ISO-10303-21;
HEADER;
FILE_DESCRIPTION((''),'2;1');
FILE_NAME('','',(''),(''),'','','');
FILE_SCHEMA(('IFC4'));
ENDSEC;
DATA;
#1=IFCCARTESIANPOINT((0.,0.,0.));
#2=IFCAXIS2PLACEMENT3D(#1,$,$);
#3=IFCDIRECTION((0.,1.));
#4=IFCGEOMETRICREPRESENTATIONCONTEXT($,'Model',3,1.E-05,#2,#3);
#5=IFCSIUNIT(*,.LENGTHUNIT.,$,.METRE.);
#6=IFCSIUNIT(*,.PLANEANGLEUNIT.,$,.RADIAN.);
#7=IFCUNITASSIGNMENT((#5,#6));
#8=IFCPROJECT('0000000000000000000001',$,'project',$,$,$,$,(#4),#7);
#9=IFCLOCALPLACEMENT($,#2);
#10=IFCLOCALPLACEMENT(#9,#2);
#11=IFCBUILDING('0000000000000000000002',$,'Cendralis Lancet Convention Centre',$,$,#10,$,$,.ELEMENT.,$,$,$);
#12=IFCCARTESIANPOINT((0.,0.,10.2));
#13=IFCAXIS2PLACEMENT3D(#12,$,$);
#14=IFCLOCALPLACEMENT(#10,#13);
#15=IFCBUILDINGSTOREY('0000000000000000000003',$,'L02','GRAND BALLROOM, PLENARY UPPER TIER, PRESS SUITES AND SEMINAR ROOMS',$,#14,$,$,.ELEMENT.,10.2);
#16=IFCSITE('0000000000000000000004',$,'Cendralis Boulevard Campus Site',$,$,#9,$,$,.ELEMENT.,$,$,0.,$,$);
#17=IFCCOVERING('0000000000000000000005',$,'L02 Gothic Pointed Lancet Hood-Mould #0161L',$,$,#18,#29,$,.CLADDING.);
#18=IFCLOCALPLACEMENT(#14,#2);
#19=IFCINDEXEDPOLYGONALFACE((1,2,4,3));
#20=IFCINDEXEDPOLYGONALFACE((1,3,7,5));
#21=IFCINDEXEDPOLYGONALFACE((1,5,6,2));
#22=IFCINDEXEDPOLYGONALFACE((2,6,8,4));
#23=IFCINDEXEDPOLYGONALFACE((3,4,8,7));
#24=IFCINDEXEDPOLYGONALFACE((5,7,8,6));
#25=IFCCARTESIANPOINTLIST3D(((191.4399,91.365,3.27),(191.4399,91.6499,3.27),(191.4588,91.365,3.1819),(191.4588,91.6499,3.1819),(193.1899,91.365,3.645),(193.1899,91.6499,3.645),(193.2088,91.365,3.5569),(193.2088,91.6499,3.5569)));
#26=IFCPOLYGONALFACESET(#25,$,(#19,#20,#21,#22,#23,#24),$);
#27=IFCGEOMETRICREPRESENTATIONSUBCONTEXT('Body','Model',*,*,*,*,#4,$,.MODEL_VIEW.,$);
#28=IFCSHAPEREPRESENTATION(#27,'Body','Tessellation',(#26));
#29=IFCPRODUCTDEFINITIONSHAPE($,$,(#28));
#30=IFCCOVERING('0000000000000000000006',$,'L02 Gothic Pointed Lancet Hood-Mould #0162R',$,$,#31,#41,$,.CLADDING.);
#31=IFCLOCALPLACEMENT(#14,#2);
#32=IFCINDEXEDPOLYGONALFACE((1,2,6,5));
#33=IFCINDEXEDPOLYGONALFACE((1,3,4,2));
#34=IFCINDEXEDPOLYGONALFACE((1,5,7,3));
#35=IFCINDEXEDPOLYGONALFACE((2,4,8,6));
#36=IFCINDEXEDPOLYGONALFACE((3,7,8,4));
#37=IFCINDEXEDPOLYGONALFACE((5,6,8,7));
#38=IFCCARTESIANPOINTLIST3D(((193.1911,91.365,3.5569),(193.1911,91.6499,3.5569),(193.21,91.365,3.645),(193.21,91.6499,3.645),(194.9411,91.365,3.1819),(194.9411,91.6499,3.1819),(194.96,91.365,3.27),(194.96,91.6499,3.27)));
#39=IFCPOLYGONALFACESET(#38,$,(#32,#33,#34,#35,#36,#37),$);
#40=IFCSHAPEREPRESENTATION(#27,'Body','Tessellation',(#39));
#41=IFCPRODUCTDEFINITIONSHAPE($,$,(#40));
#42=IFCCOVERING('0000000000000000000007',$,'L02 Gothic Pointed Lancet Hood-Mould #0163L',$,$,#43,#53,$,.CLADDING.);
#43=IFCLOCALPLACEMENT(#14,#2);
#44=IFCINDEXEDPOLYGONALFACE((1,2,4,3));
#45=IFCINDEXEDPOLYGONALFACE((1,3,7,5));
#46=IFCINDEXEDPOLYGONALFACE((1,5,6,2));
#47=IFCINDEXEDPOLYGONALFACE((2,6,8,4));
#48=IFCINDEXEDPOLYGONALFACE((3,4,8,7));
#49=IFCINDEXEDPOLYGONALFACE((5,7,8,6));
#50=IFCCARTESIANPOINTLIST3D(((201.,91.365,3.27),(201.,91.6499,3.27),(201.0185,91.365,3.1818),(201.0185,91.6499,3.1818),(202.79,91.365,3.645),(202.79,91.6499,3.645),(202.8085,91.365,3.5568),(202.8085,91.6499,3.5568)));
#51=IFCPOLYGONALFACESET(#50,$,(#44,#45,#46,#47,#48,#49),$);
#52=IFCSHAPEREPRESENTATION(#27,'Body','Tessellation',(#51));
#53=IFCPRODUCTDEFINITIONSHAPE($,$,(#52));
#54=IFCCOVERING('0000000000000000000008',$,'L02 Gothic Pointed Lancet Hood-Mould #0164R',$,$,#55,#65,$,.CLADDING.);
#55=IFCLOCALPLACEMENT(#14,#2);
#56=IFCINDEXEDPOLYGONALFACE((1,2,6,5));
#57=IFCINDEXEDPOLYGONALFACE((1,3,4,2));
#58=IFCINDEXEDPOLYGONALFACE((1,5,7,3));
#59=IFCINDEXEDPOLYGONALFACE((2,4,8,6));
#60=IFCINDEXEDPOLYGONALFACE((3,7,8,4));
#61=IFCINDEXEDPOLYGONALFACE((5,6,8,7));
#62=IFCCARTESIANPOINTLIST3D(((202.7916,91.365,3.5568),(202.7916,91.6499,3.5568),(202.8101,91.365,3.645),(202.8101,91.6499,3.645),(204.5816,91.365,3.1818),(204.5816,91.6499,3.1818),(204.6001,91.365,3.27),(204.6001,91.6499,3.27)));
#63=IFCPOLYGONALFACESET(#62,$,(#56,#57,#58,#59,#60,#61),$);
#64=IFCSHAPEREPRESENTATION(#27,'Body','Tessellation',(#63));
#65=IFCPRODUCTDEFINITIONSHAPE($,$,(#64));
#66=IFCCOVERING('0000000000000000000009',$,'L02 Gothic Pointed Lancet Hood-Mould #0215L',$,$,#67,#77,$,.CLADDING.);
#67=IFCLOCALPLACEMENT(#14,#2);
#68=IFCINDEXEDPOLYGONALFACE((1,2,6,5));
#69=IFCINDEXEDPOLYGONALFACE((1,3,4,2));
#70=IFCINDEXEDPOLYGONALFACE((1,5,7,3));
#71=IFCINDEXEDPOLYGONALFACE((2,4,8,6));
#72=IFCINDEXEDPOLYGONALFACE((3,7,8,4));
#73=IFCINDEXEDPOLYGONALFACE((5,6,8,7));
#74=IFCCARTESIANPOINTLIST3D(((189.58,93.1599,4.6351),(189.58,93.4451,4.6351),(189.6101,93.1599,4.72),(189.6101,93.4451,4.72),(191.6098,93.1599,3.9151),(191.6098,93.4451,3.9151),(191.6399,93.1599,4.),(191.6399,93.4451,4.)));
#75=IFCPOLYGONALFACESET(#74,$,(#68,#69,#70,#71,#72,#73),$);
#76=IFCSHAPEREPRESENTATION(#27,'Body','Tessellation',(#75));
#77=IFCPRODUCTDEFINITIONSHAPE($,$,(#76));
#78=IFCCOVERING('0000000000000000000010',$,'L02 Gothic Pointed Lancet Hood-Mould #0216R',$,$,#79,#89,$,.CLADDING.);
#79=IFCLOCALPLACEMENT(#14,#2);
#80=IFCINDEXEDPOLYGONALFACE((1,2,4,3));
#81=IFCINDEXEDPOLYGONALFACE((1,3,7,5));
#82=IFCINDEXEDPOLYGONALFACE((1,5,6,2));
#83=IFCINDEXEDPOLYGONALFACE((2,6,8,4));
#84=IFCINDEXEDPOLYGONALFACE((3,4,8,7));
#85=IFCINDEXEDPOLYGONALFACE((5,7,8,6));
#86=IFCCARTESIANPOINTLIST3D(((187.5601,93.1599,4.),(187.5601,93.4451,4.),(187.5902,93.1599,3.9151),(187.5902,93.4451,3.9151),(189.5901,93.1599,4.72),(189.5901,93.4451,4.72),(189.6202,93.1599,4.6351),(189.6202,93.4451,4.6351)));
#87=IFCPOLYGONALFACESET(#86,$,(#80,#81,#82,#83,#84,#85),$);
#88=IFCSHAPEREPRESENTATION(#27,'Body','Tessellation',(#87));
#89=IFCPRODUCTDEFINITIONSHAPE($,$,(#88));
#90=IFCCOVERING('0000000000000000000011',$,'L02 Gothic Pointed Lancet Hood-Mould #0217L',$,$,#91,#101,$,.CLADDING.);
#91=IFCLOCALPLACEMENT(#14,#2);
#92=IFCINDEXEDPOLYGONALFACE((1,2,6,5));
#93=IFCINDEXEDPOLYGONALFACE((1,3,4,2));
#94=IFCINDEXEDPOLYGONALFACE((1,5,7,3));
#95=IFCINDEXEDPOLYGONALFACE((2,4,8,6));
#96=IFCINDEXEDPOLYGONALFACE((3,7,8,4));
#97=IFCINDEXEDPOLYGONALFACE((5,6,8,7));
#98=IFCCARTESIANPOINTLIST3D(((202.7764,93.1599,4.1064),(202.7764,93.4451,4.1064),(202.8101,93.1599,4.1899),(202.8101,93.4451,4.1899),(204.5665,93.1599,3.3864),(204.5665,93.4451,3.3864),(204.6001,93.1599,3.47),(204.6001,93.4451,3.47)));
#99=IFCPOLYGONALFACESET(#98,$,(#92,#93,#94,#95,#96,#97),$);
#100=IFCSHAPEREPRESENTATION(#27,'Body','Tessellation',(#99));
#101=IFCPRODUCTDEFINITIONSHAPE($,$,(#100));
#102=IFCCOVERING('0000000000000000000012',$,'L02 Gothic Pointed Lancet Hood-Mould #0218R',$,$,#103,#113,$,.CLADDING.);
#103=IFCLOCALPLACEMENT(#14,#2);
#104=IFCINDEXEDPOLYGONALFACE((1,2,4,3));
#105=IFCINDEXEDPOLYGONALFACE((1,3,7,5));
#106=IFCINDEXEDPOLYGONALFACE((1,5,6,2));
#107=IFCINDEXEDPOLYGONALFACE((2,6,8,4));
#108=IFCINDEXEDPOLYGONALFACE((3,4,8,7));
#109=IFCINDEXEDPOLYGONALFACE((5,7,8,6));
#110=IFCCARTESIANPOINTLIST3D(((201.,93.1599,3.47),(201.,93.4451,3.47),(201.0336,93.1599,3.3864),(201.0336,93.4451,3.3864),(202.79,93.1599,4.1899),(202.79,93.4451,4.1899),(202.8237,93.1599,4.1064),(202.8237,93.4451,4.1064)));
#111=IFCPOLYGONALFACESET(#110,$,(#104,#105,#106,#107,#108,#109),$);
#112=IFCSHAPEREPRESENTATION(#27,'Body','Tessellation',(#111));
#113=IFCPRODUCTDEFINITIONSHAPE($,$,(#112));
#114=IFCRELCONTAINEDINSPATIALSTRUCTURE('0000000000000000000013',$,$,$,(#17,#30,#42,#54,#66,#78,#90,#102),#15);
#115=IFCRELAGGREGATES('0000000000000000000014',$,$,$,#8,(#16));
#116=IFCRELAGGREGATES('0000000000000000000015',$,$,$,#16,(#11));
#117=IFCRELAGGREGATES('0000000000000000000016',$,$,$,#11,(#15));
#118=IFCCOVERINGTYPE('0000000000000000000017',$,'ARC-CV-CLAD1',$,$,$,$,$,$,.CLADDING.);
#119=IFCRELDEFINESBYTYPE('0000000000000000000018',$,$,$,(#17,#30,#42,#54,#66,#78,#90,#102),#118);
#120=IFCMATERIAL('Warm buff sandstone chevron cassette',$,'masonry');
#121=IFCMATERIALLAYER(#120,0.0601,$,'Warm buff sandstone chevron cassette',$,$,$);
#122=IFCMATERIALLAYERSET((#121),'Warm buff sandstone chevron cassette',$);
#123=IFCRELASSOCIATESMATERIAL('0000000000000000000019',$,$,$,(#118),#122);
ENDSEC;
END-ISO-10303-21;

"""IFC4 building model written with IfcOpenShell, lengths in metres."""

from ifc_helpers import new_model, si_unit, direction, frame, origin, place, context, subcontext, project, spatial, polyline, outline, extrude, material, layer, layer_set, type_object, element, save


model = new_model("IFC4")

# Units and contexts
model_context = context("Model", 3, precision=1e-05, world=origin(), true_north=direction((0.0, 1.0)))
body_context = subcontext(model_context, "Body", "Model", "MODEL_VIEW")
ifc_project = project(units=[si_unit("LENGTHUNIT", "METRE"), si_unit("PLANEANGLEUNIT", "RADIAN")], contexts=[model_context])

# Site, building, storey
site_placement = place(None, origin())
site = spatial("IfcSite", under=ifc_project, at=site_placement, Name="Cendralis Boulevard Campus Site", CompositionType="ELEMENT", RefElevation=0.0)
building_placement = place(site_placement, origin())
building = spatial("IfcBuilding", under=site, at=building_placement, Name="Cendralis Lancet Convention Centre", CompositionType="ELEMENT")
storey_placement = place(building_placement, frame((0.0, 0.0, 10.2)))
storey = spatial("IfcBuildingStorey", under=building, at=storey_placement, Name="L02", Description="GRAND BALLROOM, PLENARY UPPER TIER, PRESS SUITES AND SEMINAR ROOMS", CompositionType="ELEMENT", Elevation=10.2)

# Coverings
ifc_material_1 = material(Name="Warm buff sandstone chevron cassette", Category="masonry")
ifc_layer_1 = layer(ifc_material_1, 0.0601, Name="Warm buff sandstone chevron cassette")
ifc_layer_set_1 = layer_set([ifc_layer_1], Name="Warm buff sandstone chevron cassette")
covering_type = type_object("IfcCoveringType", Name="ARC-CV-CLAD1", PredefinedType="CLADDING", material=ifc_layer_set_1)
for number, where, z_axis, x_axis, name in (
    (1, (191.4399, 91.6499, 3.27), (-0.209529, 0.0, 0.977802), (0.0, -1.0, 0.0), "L02 Gothic Pointed Lancet Hood-Mould #0161L"),
    (2, (193.21, 91.6499, 3.645), (0.209529, 0.0, 0.977802), (0.0, -1.0, 0.0), "L02 Gothic Pointed Lancet Hood-Mould #0162R"),
):
    element("IfcCovering", number, at=place(storey_placement, frame(where, z_axis=z_axis, x_axis=x_axis)), inside=storey, type_object=covering_type, Name=name, PredefinedType="CLADDING", context=body_context, shape_type="SweptSolid", body=[
        extrude(outline(polyline([(0.0, 0.0), (0.2849, 0.0), (0.2849, 1.7897), (0.0, 1.7897), (0.0, 0.0)])), origin(), (0.0, 0.0, -1.0), 0.0901),
    ])
for number, where, z_axis, x_axis, name in (
    (3, (201.0, 91.6499, 3.27), (-0.205042, 0.0, 0.978753), (0.0, -1.0, 0.0), "L02 Gothic Pointed Lancet Hood-Mould #0163L"),
    (4, (202.8101, 91.6499, 3.645), (0.205042, 0.0, 0.978753), (0.0, -1.0, 0.0), "L02 Gothic Pointed Lancet Hood-Mould #0164R"),
):
    element("IfcCovering", number, at=place(storey_placement, frame(where, z_axis=z_axis, x_axis=x_axis)), inside=storey, type_object=covering_type, Name=name, PredefinedType="CLADDING", context=body_context, shape_type="SweptSolid", body=[
        extrude(outline(polyline([(0.0, 0.0), (0.2849, 0.0), (0.2849, 1.8289), (0.0, 1.8289), (0.0, 0.0)])), origin(), (0.0, 0.0, -1.0), 0.0901),
    ])
covering_1_placement = place(storey_placement, frame((191.6399, 93.1599, 4.0), z_axis=(0.334296, 0.0, 0.942468), x_axis=(0.0, 1.0, 0.0)))
element("IfcCovering", 5, at=covering_1_placement, inside=storey, type_object=covering_type, Name="L02 Gothic Pointed Lancet Hood-Mould #0215L", PredefinedType="CLADDING", context=body_context, shape_type="SweptSolid", body=[
    extrude(outline(polyline([(0.0, 0.0), (0.2852, 0.0), (0.2852, 2.1537), (0.0, 2.1537), (0.0, 0.0)])), origin(), (0.0, 0.0, -1.0), 0.0901),
])
covering_2_placement = place(storey_placement, frame((189.5901, 93.1599, 4.72), z_axis=(-0.33426, 0.0, 0.942481), x_axis=(0.0, 1.0, 0.0)))
element("IfcCovering", 6, at=covering_2_placement, inside=storey, type_object=covering_type, Name="L02 Gothic Pointed Lancet Hood-Mould #0216R", PredefinedType="CLADDING", context=body_context, shape_type="SweptSolid", body=[
    extrude(outline(polyline([(0.0, 0.0), (0.2852, 0.0), (0.2852, 2.1539), (0.0, 2.1539), (0.0, 0.0)])), origin(), (0.0, 0.0, -1.0), 0.0901),
])
for number, where, z_axis, x_axis, name in (
    (7, (204.6001, 93.1599, 3.47), (0.373157, 0.0, 0.927768), (0.0, 1.0, 0.0), "L02 Gothic Pointed Lancet Hood-Mould #0217L"),
    (8, (202.79, 93.1599, 4.1899), (-0.373157, 0.0, 0.927768), (0.0, 1.0, 0.0), "L02 Gothic Pointed Lancet Hood-Mould #0218R"),
):
    element("IfcCovering", number, at=place(storey_placement, frame(where, z_axis=z_axis, x_axis=x_axis)), inside=storey, type_object=covering_type, Name=name, PredefinedType="CLADDING", context=body_context, shape_type="SweptSolid", body=[
        extrude(outline(polyline([(0.0, 0.0), (0.2852, 0.0), (0.2852, 1.9294), (0.0, 1.9294), (0.0, 0.0)])), origin(), (0.0, 0.0, -1.0), 0.0901),
    ])

save(model, "model.ifc")
